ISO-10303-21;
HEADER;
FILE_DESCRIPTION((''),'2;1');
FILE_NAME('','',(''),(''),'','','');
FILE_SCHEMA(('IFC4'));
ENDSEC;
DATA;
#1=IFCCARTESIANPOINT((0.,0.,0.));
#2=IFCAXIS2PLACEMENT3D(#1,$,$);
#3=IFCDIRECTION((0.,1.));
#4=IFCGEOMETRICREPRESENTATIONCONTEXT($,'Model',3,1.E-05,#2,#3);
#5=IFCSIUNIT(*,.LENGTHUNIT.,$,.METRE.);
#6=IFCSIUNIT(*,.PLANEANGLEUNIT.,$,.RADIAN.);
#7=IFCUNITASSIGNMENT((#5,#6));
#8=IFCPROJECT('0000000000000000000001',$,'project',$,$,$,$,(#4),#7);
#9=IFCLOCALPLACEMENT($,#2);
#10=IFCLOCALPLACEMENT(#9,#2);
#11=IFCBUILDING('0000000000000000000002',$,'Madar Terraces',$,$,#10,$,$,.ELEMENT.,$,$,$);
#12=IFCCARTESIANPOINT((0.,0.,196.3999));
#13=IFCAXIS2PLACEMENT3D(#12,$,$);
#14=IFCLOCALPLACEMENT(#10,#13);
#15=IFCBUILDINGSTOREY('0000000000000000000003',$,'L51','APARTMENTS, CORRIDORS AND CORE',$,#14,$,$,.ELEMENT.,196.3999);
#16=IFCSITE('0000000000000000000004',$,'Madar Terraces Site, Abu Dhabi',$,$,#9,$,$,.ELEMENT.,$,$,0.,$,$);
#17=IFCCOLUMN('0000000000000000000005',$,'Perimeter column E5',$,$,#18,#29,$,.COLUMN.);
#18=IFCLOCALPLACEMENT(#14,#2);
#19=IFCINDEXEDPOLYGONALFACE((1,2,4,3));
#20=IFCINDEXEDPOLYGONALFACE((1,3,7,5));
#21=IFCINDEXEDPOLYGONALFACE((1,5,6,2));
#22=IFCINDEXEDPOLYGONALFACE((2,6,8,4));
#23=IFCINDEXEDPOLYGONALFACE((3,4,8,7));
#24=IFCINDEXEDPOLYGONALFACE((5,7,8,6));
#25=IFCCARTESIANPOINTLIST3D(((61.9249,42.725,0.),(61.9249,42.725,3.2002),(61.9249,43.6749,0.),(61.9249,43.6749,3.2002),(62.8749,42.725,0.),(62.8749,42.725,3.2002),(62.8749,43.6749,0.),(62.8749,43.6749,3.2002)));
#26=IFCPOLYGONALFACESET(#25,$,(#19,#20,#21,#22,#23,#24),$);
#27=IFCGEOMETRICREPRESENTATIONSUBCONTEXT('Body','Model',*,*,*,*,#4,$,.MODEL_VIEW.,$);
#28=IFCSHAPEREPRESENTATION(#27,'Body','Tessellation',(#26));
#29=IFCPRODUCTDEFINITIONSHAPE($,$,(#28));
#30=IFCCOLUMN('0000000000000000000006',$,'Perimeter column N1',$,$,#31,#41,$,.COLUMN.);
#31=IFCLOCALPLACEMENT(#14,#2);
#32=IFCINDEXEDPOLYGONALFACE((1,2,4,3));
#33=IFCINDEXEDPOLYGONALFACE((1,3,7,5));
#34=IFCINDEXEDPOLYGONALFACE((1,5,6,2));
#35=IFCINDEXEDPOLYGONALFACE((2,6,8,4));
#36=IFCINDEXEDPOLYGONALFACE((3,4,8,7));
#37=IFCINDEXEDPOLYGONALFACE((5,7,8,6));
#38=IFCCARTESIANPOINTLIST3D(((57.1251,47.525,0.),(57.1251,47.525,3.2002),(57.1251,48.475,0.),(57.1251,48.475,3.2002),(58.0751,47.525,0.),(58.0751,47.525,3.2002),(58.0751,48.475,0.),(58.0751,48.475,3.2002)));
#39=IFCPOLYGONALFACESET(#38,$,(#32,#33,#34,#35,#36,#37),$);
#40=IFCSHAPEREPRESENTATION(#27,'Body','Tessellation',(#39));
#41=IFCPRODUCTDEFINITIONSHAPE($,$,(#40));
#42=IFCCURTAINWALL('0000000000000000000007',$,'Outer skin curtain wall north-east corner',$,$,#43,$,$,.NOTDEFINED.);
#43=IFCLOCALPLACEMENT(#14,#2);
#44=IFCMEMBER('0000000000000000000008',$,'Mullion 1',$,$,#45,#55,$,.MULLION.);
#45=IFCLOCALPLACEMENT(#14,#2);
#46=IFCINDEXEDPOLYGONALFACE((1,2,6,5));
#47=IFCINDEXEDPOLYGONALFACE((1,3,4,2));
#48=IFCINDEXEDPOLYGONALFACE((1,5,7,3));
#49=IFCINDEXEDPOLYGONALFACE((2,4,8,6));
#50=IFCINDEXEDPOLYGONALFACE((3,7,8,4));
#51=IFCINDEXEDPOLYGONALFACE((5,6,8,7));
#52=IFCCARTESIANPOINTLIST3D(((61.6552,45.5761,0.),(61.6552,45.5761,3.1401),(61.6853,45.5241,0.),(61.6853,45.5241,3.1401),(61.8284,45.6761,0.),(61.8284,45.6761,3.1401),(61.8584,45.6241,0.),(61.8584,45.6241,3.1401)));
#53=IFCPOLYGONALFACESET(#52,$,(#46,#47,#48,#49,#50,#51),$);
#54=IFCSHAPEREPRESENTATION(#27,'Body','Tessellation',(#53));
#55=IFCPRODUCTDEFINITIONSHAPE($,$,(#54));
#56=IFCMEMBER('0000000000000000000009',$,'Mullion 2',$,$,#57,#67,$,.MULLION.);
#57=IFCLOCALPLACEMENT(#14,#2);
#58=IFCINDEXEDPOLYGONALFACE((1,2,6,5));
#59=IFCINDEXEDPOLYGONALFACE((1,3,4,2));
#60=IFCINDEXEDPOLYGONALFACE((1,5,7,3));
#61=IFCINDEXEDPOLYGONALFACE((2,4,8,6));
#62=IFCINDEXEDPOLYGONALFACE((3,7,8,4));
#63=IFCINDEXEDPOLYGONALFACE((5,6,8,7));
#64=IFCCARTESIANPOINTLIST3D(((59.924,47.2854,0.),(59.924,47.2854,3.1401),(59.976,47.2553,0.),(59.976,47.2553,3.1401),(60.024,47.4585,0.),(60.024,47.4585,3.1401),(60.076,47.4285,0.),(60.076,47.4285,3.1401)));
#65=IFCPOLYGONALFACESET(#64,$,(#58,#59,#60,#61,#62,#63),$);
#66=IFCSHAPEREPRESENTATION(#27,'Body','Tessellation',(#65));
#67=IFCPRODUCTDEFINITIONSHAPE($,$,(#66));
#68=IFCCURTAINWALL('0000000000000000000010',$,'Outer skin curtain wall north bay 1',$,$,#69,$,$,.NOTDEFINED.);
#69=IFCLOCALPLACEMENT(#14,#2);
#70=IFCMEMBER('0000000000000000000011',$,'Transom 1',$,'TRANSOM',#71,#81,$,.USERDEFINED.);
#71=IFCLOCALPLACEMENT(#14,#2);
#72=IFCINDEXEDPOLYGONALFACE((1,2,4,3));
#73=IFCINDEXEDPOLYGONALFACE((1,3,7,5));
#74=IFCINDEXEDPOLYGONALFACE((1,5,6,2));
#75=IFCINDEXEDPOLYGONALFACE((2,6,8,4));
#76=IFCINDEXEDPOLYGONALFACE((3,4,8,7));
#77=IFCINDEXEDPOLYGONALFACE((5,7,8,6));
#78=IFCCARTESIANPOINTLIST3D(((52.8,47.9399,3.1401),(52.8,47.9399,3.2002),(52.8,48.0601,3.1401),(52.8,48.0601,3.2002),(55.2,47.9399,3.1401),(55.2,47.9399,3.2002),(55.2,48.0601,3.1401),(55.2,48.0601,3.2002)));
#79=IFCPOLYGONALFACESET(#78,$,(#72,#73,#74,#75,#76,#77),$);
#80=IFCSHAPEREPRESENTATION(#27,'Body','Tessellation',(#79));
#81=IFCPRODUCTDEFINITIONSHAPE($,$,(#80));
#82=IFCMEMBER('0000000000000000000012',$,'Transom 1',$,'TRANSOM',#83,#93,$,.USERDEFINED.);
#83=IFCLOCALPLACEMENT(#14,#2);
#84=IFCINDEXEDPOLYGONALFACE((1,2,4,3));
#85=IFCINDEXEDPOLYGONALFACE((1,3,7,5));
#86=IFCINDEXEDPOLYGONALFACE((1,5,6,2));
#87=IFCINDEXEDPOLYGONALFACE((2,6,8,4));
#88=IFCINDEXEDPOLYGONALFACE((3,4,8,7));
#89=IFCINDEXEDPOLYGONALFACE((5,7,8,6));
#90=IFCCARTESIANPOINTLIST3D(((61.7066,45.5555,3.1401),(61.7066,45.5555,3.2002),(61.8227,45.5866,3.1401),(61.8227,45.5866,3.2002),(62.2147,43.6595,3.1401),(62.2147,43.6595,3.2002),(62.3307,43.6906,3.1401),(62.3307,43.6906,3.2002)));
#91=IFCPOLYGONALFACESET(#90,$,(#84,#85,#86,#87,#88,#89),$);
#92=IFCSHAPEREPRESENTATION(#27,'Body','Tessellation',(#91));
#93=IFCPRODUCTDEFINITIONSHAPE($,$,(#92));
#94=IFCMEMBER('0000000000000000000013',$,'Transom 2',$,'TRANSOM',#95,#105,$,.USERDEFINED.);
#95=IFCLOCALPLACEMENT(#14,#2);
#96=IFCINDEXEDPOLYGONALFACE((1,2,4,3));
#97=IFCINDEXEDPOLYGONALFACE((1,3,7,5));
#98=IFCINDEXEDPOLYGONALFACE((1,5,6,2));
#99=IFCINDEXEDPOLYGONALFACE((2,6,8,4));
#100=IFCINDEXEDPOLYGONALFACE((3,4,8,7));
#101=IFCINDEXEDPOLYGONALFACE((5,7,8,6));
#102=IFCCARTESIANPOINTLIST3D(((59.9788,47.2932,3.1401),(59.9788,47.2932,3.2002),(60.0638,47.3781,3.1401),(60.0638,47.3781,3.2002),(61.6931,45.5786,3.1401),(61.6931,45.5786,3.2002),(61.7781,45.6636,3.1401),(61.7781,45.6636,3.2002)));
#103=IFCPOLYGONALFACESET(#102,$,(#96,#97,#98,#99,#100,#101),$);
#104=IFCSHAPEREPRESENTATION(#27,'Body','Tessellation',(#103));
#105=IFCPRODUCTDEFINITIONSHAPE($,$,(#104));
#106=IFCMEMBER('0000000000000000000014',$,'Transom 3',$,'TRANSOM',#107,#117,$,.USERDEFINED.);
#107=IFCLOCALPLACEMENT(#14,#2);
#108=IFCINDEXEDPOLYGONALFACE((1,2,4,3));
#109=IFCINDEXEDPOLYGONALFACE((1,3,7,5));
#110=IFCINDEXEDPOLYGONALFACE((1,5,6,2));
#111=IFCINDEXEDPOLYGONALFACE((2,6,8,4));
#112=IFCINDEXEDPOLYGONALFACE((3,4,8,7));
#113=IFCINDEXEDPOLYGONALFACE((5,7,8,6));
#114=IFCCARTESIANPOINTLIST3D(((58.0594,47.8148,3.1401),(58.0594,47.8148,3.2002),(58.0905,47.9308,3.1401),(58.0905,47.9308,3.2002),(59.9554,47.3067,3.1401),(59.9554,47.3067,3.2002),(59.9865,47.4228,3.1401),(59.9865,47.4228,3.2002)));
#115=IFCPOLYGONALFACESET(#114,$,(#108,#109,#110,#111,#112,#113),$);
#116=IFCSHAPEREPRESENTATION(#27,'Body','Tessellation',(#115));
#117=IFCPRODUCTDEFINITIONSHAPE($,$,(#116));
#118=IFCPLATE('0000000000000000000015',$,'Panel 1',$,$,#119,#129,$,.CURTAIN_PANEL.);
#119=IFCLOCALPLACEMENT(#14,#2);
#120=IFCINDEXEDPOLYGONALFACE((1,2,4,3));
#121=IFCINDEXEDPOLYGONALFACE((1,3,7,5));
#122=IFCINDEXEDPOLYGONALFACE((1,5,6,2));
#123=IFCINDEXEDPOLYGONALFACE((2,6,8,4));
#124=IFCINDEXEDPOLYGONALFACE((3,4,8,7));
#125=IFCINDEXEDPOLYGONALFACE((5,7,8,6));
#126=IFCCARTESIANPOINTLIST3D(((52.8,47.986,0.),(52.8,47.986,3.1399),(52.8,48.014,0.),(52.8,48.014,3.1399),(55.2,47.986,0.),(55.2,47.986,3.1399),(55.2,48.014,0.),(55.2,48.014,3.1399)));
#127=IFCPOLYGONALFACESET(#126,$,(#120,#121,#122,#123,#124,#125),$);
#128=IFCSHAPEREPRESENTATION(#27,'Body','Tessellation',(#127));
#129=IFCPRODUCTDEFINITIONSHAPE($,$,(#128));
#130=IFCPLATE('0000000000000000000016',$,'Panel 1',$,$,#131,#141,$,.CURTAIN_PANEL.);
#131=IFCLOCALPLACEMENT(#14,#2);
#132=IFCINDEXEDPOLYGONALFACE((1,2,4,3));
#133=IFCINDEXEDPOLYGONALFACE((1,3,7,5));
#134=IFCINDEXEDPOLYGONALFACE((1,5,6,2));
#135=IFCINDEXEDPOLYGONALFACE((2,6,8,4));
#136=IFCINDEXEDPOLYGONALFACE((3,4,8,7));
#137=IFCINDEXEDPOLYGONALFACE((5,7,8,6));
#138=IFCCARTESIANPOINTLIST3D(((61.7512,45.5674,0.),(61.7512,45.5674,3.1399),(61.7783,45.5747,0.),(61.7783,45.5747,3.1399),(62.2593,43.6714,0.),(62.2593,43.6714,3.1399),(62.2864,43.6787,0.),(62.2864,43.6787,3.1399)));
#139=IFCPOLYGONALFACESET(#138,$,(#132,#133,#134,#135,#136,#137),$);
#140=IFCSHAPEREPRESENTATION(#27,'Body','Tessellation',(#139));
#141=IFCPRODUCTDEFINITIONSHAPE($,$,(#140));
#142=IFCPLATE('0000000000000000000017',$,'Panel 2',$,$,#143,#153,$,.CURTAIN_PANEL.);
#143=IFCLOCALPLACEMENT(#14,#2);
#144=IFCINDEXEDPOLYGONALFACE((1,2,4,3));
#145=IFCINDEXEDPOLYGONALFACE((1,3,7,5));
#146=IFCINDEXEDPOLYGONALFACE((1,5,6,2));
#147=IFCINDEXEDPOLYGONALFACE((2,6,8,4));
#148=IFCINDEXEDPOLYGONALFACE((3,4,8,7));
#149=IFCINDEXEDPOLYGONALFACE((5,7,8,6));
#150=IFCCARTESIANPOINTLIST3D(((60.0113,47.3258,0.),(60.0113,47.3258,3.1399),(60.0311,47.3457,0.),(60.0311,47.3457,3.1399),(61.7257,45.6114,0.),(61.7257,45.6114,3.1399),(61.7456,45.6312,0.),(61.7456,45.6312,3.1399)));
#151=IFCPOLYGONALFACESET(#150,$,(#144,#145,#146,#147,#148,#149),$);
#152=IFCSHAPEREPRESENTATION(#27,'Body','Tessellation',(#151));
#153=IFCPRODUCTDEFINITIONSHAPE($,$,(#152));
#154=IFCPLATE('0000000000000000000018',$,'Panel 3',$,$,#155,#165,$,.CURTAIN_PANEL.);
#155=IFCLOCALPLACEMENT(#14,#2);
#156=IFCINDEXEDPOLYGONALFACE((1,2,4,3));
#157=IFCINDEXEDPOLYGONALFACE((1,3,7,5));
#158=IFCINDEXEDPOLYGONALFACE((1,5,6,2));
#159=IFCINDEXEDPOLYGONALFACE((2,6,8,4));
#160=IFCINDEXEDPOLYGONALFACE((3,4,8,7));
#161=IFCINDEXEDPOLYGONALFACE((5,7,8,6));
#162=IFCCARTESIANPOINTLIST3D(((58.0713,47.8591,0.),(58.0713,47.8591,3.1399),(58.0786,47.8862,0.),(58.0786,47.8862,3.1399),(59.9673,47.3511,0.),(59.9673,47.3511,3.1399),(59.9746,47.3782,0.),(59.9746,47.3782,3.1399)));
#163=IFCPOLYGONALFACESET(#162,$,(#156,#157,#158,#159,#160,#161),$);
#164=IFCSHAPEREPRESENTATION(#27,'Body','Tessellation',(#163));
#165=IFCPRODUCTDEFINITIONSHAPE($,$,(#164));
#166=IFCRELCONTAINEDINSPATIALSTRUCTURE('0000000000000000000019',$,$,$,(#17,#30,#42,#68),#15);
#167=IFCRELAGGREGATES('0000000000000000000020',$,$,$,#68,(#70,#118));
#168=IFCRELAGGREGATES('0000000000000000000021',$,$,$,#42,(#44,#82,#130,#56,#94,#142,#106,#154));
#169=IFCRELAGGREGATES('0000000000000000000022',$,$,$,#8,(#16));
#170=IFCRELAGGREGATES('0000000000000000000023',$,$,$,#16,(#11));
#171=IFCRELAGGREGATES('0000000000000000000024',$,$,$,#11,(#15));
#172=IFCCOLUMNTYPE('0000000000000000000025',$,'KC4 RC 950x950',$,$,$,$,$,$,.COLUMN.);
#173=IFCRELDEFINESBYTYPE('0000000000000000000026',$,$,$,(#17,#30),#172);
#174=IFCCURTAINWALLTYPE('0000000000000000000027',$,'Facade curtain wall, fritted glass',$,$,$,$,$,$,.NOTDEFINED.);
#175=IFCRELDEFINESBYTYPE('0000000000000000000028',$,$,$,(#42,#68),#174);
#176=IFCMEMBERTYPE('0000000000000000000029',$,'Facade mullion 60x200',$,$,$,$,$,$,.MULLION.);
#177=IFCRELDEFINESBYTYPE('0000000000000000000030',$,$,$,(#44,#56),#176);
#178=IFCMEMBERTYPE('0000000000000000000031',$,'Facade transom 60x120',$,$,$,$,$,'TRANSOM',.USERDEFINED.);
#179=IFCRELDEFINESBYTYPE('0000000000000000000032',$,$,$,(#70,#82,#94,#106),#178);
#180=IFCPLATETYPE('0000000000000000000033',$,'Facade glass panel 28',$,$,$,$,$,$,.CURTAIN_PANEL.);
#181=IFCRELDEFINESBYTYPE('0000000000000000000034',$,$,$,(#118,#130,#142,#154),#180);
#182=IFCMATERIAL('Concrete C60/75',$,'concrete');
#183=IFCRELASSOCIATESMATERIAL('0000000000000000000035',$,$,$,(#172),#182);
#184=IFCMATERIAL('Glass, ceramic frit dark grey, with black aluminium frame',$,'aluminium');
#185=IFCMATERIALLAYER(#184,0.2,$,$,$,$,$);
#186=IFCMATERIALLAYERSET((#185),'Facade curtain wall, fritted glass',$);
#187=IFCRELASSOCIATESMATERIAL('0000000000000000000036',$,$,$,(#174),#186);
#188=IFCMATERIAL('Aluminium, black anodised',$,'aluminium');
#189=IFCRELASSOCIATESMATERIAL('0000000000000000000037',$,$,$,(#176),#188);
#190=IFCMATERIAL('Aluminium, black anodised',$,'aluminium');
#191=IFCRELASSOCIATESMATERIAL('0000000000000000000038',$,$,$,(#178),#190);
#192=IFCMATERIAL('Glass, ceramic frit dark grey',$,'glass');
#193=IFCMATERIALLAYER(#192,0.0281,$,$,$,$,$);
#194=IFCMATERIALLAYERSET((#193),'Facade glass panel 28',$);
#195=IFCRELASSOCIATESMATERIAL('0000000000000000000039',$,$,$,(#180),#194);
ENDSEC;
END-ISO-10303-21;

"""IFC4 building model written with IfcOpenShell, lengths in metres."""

from ifc_helpers import new_model, si_unit, direction, frame, origin, origin_2d, place, context, subcontext, project, spatial, rectangle, extrude, material, layer, layer_set, material_profile, profile_set, type_object, element, aggregate, save


model = new_model("IFC4")

# Units and contexts
model_context = context("Model", 3, precision=1e-05, world=origin(), true_north=direction((0.0, 1.0)))
body_context = subcontext(model_context, "Body", "Model", "MODEL_VIEW")
ifc_project = project(units=[si_unit("LENGTHUNIT", "METRE"), si_unit("PLANEANGLEUNIT", "RADIAN")], contexts=[model_context])

# Site, building, storey
site_placement = place(None, origin())
site = spatial("IfcSite", under=ifc_project, at=site_placement, Name="Madar Terraces Site, Abu Dhabi", CompositionType="ELEMENT", RefElevation=0.0)
building_placement = place(site_placement, origin())
building = spatial("IfcBuilding", under=site, at=building_placement, Name="Madar Terraces", CompositionType="ELEMENT")
storey_placement = place(building_placement, frame((0.0, 0.0, 196.3999)))
storey = spatial("IfcBuildingStorey", under=building, at=storey_placement, Name="L51", Description="APARTMENTS, CORRIDORS AND CORE", CompositionType="ELEMENT", Elevation=196.3999)

# Columns
ifc_material_1 = material(Name="Concrete C60/75", Category="concrete")
ifc_material_profile_1 = material_profile(ifc_material_1, rectangle(XDim=0.95, YDim=0.95, at=origin_2d()), Name="KC4 RC 950x950")
ifc_profile_set_1 = profile_set([ifc_material_profile_1], Name="Concrete C60/75")
column_type = type_object("IfcColumnType", Name="KC4 RC 950x950", PredefinedType="COLUMN", material=ifc_profile_set_1)
for number, where, z_axis, x_axis, name in (
    (1, (62.3999, 43.2, 0.0), (0.0, 0.0, 1.0), (1.0, 0.0, 0.0), "Perimeter column E5"),
    (2, (57.6001, 48.0, 0.0), (0.0, 0.0, 1.0), (1.0, 0.0, 0.0), "Perimeter column N1"),
):
    element("IfcColumn", number, at=place(storey_placement, frame(where, z_axis=z_axis, x_axis=x_axis)), inside=storey, type_object=column_type, Name=name, PredefinedType="COLUMN", context=body_context, shape_type="SweptSolid", body=[
        extrude(rectangle(XDim=0.95, YDim=0.95, at=origin_2d()), origin(), (0.0, 0.0, 1.0), 3.2002),
    ])

# Curtain wall, members
ifc_material_2 = material(Name="Glass, ceramic frit dark grey, with black aluminium frame", Category="aluminium")
ifc_layer_1 = layer(ifc_material_2, 0.2)
ifc_layer_set_1 = layer_set([ifc_layer_1], Name="Facade curtain wall, fritted glass")
curtain_wall_type = type_object("IfcCurtainWallType", Name="Facade curtain wall, fritted glass", PredefinedType="NOTDEFINED", material=ifc_layer_set_1)
curtain_wall_1_placement = place(storey_placement, origin())
curtain_wall_1 = element("IfcCurtainWall", 3, at=curtain_wall_1_placement, inside=storey, type_object=curtain_wall_type, Name="Outer skin curtain wall north-east corner", PredefinedType="NOTDEFINED")
ifc_material_3 = material(Name="Aluminium, black anodised", Category="aluminium")
ifc_material_profile_2 = material_profile(ifc_material_3, rectangle(XDim=0.2, YDim=0.0601, at=origin_2d()), Name="Facade mullion 60x200")
ifc_profile_set_2 = profile_set([ifc_material_profile_2], Name="Aluminium, black anodised")
member_type_1 = type_object("IfcMemberType", Name="Facade mullion 60x200", PredefinedType="MULLION", material=ifc_profile_set_2)
member_1_placement = place(storey_placement, frame((61.7568, 45.6001, 0.0), z_axis=(0.0, 0.0, 1.0), x_axis=(-0.866025, -0.5, 0.0)))
member_1 = element("IfcMember", 4, at=member_1_placement, type_object=member_type_1, Name="Mullion 1", PredefinedType="MULLION", context=body_context, shape_type="SweptSolid", body=[
    extrude(rectangle(XDim=0.2, YDim=0.0601, at=origin_2d()), origin(), (0.0, 0.0, 1.0), 3.1401),
])
member_2_placement = place(storey_placement, frame((60.0, 47.3569, 0.0), z_axis=(0.0, 0.0, 1.0), x_axis=(-0.5, -0.866025, 0.0)))
member_2 = element("IfcMember", 5, at=member_2_placement, type_object=member_type_1, Name="Mullion 2", PredefinedType="MULLION", context=body_context, shape_type="SweptSolid", body=[
    extrude(rectangle(XDim=0.2, YDim=0.0601, at=origin_2d()), origin(), (0.0, 0.0, 1.0), 3.1401),
])

# Curtain wall, member
curtain_wall_2_placement = place(storey_placement, origin())
curtain_wall_2 = element("IfcCurtainWall", 6, at=curtain_wall_2_placement, inside=storey, type_object=curtain_wall_type, Name="Outer skin curtain wall north bay 1", PredefinedType="NOTDEFINED")
ifc_material_4 = material(Name="Aluminium, black anodised", Category="aluminium")
ifc_material_profile_3 = material_profile(ifc_material_4, rectangle(XDim=0.1201, YDim=0.0601, at=origin_2d()), Name="Facade transom 60x120")
ifc_profile_set_3 = profile_set([ifc_material_profile_3], Name="Aluminium, black anodised")
member_type_2 = type_object("IfcMemberType", Name="Facade transom 60x120", ElementType="TRANSOM", PredefinedType="USERDEFINED", material=ifc_profile_set_3)
member_3_placement = place(storey_placement, frame((55.2, 48.0, 3.1702), z_axis=(-1.0, 0.0, 0.0), x_axis=(0.0, -1.0, 0.0)))
member_3 = element("IfcMember", 7, at=member_3_placement, type_object=member_type_2, Name="Transom 1", ObjectType="TRANSOM", PredefinedType="USERDEFINED", context=body_context, shape_type="SweptSolid", body=[
    extrude(rectangle(XDim=0.1201, YDim=0.0601, at=origin_2d()), origin(), (0.0, 0.0, 1.0), 2.3999),
])

# Members
member_4_placement = place(storey_placement, frame((62.2727, 43.675, 3.1702), z_axis=(-0.258831, 0.965923, 0.0), x_axis=(-0.965923, -0.258831, 0.0)))
member_4 = element("IfcMember", 8, at=member_4_placement, type_object=member_type_2, Name="Transom 1", ObjectType="TRANSOM", PredefinedType="USERDEFINED", context=body_context, shape_type="SweptSolid", body=[
    extrude(rectangle(XDim=0.1201, YDim=0.0601, at=origin_2d()), origin(), (0.0, 0.0, 1.0), 1.9629),
])
member_5_placement = place(storey_placement, frame((61.7356, 45.6211, 3.1702), z_axis=(-0.707056, 0.707157, 0.0), x_axis=(-0.707157, -0.707056, 0.0)))
member_5 = element("IfcMember", 9, at=member_5_placement, type_object=member_type_2, Name="Transom 2", ObjectType="TRANSOM", PredefinedType="USERDEFINED", context=body_context, shape_type="SweptSolid", body=[
    extrude(rectangle(XDim=0.1201, YDim=0.0601, at=origin_2d()), origin(), (0.0, 0.0, 1.0), 2.4246),
])
member_6_placement = place(storey_placement, frame((59.9709, 47.3647, 3.1702), z_axis=(-0.965923, 0.258831, 0.0), x_axis=(-0.258831, -0.965923, 0.0)))
member_6 = element("IfcMember", 10, at=member_6_placement, type_object=member_type_2, Name="Transom 3", ObjectType="TRANSOM", PredefinedType="USERDEFINED", context=body_context, shape_type="SweptSolid", body=[
    extrude(rectangle(XDim=0.1201, YDim=0.0601, at=origin_2d()), origin(), (0.0, 0.0, 1.0), 1.9629),
])

# Plates
ifc_material_5 = material(Name="Glass, ceramic frit dark grey", Category="glass")
ifc_layer_2 = layer(ifc_material_5, 0.0281)
ifc_layer_set_2 = layer_set([ifc_layer_2], Name="Facade glass panel 28")
plate_type = type_object("IfcPlateType", Name="Facade glass panel 28", PredefinedType="CURTAIN_PANEL", material=ifc_layer_set_2)
plate_1_placement = place(storey_placement, frame((54.0, 48.0, 0.0), z_axis=(0.0, 0.0, 1.0), x_axis=(-1.0, 0.0, 0.0)))
plate_1 = element("IfcPlate", 11, at=plate_1_placement, type_object=plate_type, Name="Panel 1", PredefinedType="CURTAIN_PANEL", context=body_context, shape_type="SweptSolid", body=[
    extrude(rectangle(XDim=2.3999, YDim=0.0281, at=origin_2d()), origin(), (0.0, 0.0, 1.0), 3.1399),
])
aggregate(curtain_wall_2, [member_3, plate_1])
plate_2_placement = place(storey_placement, frame((62.0188, 44.623, 0.0), z_axis=(0.0, 0.0, 1.0), x_axis=(-0.258819, 0.965926, 0.0)))
plate_2 = element("IfcPlate", 12, at=plate_2_placement, type_object=plate_type, Name="Panel 1", PredefinedType="CURTAIN_PANEL", context=body_context, shape_type="SweptSolid", body=[
    extrude(rectangle(XDim=1.9629, YDim=0.0281, at=origin_2d()), origin(), (0.0, 0.0, 1.0), 3.1399),
])
plate_3_placement = place(storey_placement, frame((60.8784, 46.4785, 0.0), z_axis=(0.0, 0.0, 1.0), x_axis=(-0.707107, 0.707107, 0.0)))
plate_3 = element("IfcPlate", 13, at=plate_3_placement, type_object=plate_type, Name="Panel 2", PredefinedType="CURTAIN_PANEL", context=body_context, shape_type="SweptSolid", body=[
    extrude(rectangle(XDim=2.4246, YDim=0.0281, at=origin_2d()), origin(), (0.0, 0.0, 1.0), 3.1399),
])
plate_4_placement = place(storey_placement, frame((59.0229, 47.6187, 0.0), z_axis=(0.0, 0.0, 1.0), x_axis=(-0.965926, 0.258819, 0.0)))
plate_4 = element("IfcPlate", 14, at=plate_4_placement, type_object=plate_type, Name="Panel 3", PredefinedType="CURTAIN_PANEL", context=body_context, shape_type="SweptSolid", body=[
    extrude(rectangle(XDim=1.9629, YDim=0.0281, at=origin_2d()), origin(), (0.0, 0.0, 1.0), 3.1399),
])
aggregate(curtain_wall_1, [member_1, member_4, plate_2, member_2, member_5, plate_3, member_6, plate_4])

save(model, "model.ifc")
